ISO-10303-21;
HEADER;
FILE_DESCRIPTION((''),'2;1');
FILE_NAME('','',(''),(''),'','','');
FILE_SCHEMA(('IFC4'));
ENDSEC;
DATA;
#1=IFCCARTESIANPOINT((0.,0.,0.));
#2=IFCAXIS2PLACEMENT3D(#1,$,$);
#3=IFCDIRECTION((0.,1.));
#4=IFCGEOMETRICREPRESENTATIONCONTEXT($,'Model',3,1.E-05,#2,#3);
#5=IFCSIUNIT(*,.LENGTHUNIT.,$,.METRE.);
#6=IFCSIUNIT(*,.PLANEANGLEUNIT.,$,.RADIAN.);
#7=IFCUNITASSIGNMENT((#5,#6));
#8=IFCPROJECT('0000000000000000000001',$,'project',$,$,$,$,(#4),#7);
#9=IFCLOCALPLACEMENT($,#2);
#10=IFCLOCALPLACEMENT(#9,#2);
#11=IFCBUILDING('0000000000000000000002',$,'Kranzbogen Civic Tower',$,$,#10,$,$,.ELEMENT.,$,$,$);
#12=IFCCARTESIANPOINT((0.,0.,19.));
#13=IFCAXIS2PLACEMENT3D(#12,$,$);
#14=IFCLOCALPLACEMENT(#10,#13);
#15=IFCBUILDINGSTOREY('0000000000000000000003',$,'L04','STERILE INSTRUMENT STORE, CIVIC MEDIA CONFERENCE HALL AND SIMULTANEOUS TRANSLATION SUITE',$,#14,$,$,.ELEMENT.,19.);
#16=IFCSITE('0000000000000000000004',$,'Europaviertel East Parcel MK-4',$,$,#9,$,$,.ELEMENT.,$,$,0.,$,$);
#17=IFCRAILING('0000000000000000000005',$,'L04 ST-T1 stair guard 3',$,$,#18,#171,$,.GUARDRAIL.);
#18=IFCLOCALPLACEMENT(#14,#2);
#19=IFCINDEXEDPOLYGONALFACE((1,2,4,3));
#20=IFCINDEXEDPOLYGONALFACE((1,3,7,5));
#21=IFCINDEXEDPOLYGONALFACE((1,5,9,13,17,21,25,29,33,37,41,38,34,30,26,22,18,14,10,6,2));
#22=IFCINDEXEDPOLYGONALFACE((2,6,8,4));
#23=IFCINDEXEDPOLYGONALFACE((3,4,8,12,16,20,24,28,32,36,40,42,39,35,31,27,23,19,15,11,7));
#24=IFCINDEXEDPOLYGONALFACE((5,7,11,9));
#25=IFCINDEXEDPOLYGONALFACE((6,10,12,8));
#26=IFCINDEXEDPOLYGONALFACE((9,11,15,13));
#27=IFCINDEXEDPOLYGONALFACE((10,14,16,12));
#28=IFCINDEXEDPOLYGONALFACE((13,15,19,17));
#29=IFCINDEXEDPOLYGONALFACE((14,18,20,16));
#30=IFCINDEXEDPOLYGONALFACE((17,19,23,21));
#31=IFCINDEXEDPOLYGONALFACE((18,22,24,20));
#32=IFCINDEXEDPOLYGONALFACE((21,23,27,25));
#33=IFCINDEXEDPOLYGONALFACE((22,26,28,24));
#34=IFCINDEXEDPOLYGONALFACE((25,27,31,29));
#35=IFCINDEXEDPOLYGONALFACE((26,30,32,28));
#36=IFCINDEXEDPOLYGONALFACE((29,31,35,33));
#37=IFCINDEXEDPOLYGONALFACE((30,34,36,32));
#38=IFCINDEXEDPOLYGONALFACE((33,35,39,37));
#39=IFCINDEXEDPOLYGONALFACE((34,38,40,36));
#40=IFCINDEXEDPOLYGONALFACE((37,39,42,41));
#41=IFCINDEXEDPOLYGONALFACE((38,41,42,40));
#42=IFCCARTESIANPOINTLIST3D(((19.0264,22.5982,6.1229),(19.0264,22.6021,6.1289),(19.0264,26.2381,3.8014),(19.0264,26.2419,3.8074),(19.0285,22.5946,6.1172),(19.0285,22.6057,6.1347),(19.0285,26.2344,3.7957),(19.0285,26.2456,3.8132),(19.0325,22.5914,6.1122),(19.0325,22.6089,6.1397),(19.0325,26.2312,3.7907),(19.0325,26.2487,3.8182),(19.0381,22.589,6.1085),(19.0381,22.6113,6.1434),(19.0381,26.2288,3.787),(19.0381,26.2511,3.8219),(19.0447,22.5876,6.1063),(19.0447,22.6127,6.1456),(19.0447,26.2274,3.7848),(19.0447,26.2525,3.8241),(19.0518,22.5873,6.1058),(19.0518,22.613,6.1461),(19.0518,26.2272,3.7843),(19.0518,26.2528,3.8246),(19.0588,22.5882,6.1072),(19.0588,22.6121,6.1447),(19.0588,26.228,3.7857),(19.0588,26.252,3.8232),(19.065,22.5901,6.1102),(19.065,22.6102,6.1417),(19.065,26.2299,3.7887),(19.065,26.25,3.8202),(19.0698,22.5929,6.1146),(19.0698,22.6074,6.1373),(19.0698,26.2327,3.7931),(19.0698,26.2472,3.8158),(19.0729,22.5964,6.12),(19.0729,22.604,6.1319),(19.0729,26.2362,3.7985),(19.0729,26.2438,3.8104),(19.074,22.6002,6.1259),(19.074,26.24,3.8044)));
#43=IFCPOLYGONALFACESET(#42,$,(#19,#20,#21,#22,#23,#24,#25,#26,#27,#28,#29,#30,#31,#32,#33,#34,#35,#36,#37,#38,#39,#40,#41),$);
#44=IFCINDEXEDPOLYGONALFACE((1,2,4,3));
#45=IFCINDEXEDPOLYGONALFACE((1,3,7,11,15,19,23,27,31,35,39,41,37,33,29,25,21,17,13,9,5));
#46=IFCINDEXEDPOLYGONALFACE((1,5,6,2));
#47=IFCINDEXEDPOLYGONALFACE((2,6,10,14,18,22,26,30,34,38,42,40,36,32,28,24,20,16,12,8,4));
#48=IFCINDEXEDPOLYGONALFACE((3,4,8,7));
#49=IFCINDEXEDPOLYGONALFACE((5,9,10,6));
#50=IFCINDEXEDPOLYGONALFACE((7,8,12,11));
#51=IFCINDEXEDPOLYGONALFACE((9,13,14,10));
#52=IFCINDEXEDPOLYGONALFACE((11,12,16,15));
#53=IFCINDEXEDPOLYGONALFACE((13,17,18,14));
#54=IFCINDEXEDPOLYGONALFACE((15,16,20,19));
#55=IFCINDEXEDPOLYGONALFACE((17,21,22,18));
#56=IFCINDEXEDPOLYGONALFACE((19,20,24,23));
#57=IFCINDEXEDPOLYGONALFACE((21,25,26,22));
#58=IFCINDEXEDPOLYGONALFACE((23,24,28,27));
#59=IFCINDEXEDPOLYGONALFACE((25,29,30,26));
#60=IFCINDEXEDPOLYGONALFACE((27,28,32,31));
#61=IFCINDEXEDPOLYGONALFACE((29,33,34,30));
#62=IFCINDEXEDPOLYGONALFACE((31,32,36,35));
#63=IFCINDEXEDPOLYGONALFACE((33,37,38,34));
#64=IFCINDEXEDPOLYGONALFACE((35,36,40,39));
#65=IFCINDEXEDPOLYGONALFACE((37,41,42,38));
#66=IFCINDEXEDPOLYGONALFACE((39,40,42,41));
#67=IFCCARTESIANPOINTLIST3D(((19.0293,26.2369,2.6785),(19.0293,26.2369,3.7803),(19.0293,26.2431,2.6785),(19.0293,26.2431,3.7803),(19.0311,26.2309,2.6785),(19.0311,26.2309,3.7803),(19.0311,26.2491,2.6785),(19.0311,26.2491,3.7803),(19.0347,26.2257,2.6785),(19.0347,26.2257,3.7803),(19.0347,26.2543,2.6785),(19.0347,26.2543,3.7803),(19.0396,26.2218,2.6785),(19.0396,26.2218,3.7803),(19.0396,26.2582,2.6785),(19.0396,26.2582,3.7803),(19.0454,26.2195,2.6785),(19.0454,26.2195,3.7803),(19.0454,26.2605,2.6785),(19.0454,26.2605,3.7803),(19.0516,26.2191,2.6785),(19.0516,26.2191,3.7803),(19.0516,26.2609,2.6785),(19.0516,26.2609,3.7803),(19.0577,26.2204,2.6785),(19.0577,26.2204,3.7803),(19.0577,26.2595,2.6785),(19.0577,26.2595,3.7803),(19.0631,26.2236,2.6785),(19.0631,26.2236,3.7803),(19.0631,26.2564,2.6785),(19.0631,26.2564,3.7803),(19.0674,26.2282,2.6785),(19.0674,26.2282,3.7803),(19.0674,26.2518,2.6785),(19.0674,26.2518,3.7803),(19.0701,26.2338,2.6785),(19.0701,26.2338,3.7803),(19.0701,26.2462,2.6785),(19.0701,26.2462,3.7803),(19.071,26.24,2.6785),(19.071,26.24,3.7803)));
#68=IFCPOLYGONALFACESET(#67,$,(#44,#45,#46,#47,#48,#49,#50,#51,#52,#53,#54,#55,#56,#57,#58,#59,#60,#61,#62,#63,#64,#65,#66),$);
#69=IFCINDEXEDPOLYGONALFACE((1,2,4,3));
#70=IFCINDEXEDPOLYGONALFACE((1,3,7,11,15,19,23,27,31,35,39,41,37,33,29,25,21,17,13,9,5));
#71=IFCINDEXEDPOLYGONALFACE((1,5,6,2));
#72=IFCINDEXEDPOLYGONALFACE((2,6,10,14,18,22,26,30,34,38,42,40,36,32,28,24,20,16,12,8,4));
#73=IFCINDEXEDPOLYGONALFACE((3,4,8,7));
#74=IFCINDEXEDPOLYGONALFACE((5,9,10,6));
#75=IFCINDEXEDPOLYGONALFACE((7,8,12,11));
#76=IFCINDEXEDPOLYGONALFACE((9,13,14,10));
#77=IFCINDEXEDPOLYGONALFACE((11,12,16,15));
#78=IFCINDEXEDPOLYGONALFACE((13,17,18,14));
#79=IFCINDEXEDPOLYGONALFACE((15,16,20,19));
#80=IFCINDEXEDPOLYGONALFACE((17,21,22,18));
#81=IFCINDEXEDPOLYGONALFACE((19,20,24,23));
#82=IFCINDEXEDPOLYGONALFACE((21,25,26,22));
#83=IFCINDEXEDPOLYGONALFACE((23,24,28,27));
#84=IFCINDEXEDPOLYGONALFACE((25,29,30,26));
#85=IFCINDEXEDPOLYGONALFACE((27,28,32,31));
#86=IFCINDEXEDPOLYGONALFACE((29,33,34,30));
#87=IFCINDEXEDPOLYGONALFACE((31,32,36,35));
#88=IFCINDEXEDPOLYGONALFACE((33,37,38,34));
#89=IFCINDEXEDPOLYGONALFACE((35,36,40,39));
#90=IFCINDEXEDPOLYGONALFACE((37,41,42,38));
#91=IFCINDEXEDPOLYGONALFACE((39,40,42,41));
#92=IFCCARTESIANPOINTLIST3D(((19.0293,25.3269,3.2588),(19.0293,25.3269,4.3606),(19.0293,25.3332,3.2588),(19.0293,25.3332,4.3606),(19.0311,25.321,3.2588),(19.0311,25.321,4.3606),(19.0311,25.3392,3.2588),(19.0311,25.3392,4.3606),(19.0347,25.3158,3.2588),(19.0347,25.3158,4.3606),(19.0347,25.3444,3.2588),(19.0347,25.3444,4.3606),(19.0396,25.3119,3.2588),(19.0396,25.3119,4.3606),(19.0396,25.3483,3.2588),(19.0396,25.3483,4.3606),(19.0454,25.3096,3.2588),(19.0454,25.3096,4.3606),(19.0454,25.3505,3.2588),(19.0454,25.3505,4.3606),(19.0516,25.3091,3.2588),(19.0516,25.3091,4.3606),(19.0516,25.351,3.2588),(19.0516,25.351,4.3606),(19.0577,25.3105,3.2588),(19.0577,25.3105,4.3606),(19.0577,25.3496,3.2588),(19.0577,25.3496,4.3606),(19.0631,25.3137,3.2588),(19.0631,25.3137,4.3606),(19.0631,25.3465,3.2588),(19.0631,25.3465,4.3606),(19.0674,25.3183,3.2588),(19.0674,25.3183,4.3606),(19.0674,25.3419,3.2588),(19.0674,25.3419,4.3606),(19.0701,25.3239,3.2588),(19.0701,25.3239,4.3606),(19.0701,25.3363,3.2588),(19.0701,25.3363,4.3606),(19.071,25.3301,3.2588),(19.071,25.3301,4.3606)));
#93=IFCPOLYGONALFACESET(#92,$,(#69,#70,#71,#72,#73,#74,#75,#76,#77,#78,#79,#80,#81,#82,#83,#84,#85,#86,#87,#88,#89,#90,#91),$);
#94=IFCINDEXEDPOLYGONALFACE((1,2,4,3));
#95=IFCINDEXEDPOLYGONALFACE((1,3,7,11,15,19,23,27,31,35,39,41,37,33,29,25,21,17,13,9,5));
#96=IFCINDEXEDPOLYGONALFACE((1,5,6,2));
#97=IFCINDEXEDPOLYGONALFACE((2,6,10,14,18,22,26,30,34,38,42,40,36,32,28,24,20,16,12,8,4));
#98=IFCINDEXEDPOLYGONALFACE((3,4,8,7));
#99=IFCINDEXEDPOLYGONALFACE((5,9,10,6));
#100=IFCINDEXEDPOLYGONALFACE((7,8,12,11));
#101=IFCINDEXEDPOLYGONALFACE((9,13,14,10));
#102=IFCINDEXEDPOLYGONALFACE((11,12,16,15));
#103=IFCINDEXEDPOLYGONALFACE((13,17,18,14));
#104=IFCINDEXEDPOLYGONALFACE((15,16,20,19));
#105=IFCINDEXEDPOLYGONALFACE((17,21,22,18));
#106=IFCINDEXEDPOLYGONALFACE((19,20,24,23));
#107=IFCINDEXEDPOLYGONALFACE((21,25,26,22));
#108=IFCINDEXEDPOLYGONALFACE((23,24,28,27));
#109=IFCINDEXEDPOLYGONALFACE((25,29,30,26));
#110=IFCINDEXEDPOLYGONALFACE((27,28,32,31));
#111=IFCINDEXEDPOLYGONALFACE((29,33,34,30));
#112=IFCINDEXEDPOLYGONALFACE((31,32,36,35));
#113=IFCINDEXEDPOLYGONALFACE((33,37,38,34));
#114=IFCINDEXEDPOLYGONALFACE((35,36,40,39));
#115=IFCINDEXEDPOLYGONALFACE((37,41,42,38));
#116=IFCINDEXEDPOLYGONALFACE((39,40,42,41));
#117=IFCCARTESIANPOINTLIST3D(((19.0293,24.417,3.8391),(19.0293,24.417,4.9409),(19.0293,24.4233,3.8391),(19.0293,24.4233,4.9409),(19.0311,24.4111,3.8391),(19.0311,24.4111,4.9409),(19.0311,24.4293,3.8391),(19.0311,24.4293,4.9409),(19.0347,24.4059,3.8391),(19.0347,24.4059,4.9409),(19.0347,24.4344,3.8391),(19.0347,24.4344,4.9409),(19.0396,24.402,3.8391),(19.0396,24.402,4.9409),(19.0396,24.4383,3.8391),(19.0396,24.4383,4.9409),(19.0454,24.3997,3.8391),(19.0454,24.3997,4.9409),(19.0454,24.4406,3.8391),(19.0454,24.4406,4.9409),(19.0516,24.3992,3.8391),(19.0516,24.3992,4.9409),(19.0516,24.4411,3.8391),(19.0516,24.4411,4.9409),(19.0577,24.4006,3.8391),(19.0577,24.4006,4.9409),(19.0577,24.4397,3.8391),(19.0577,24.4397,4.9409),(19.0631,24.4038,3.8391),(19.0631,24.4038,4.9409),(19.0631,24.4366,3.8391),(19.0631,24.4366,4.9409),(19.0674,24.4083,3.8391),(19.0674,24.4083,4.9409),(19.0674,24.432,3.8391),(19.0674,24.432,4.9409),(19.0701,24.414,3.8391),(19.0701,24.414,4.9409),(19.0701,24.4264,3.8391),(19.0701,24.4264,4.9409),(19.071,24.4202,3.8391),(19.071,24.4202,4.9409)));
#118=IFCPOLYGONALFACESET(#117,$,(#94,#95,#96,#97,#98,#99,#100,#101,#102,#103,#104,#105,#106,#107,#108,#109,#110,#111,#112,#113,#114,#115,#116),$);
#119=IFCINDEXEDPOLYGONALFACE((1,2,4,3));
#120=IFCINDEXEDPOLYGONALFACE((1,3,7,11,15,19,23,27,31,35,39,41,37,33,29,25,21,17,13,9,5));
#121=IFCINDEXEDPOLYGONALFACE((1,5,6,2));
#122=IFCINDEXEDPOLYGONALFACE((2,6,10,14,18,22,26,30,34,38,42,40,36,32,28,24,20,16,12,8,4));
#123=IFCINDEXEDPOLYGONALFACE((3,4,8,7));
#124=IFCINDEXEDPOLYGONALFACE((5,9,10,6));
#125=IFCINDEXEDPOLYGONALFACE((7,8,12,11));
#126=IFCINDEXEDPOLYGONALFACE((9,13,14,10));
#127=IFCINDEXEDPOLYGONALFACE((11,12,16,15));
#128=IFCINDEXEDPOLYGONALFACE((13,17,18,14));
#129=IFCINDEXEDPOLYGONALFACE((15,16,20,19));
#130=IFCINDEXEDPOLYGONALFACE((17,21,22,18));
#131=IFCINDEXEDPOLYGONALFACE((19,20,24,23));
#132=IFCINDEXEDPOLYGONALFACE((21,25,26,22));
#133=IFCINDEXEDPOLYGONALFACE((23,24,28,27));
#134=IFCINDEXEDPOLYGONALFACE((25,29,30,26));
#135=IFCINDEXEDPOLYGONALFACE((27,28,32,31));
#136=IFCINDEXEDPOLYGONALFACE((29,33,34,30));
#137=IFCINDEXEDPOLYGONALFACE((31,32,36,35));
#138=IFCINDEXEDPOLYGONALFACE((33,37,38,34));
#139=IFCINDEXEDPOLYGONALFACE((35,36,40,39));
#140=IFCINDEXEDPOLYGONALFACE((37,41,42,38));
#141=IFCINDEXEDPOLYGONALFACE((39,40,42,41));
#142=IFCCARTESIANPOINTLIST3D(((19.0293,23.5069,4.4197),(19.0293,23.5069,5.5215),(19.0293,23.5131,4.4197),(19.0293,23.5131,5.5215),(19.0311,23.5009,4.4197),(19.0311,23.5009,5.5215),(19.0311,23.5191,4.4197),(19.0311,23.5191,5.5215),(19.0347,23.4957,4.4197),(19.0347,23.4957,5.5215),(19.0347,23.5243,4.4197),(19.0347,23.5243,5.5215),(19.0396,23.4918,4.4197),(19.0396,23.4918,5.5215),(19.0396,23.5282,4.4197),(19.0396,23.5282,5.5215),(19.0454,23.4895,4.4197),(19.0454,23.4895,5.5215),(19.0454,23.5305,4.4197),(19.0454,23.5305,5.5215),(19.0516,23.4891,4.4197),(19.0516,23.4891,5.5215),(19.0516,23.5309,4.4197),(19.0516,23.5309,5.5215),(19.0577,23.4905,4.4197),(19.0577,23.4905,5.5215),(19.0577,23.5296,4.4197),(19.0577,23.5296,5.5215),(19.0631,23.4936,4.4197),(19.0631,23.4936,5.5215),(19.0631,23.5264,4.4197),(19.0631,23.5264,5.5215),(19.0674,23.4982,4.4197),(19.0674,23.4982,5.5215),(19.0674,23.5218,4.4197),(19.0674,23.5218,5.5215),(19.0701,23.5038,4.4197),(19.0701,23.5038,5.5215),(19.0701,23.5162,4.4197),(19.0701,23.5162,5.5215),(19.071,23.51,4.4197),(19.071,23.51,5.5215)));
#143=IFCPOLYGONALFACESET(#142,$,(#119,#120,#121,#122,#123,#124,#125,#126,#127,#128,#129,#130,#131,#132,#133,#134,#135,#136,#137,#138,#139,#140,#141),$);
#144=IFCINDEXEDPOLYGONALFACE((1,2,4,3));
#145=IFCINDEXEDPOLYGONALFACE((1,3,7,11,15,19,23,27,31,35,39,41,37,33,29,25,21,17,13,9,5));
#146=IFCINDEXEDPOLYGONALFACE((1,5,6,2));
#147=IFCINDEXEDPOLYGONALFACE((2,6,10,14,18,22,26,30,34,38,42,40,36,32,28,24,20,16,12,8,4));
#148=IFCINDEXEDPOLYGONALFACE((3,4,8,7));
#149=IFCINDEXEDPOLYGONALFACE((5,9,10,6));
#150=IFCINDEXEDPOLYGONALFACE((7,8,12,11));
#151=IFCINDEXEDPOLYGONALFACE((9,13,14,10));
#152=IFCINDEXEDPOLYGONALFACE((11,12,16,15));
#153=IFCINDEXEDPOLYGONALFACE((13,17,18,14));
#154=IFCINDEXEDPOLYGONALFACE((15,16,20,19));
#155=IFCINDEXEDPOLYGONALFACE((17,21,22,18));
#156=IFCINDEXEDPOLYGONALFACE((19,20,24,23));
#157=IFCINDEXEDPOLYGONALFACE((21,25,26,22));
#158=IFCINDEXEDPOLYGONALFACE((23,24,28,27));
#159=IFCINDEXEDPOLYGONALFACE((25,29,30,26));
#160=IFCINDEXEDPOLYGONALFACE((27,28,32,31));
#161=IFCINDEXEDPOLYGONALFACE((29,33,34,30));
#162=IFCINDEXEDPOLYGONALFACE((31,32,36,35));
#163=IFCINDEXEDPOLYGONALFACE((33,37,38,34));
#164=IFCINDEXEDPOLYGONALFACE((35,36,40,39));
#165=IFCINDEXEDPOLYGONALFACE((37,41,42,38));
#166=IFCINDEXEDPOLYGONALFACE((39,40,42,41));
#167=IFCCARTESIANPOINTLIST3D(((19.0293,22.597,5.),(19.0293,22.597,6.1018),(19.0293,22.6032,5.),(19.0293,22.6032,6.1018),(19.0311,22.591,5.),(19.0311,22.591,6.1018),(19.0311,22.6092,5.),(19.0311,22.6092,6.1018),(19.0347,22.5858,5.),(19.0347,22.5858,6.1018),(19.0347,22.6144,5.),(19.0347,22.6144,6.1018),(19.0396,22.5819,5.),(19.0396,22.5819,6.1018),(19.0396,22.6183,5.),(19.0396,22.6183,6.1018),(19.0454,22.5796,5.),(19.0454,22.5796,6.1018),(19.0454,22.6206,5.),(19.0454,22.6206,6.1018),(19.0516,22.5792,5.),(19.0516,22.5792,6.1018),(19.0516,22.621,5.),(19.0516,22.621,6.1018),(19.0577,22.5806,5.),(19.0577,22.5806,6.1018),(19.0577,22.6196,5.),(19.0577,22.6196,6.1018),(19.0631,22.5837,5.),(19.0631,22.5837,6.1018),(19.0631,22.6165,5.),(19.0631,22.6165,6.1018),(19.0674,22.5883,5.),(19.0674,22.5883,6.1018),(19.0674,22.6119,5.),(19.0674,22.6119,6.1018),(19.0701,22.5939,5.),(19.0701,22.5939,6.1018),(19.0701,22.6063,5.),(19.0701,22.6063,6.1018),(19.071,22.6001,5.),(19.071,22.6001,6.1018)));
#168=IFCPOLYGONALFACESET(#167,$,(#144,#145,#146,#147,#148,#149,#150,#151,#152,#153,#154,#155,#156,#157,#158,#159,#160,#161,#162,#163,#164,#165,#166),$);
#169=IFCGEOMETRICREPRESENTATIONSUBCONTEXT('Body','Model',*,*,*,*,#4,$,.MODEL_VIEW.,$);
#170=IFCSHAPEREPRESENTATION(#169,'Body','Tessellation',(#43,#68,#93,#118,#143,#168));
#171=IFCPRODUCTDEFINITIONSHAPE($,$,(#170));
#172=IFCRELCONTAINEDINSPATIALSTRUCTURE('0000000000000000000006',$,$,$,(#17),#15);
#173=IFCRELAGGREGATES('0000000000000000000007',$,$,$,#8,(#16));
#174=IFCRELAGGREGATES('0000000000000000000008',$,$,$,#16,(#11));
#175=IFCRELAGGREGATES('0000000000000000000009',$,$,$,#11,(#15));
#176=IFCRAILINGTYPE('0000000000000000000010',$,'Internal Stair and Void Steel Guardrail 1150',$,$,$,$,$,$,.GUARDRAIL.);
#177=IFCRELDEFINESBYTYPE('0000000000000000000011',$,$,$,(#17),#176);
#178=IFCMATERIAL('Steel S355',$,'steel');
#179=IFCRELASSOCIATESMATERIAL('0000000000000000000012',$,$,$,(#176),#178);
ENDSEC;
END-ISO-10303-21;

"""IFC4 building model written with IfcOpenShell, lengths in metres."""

from ifc_helpers import new_model, si_unit, direction, frame, origin, origin_2d, place, context, subcontext, project, spatial, circle, extrude, material, type_object, element, save


model = new_model("IFC4")

# Units and contexts
model_context = context("Model", 3, precision=1e-05, world=origin(), true_north=direction((0.0, 1.0)))
body_context = subcontext(model_context, "Body", "Model", "MODEL_VIEW")
ifc_project = project(units=[si_unit("LENGTHUNIT", "METRE"), si_unit("PLANEANGLEUNIT", "RADIAN")], contexts=[model_context])

# Site, building, storey
site_placement = place(None, origin())
site = spatial("IfcSite", under=ifc_project, at=site_placement, Name="Europaviertel East Parcel MK-4", CompositionType="ELEMENT", RefElevation=0.0)
building_placement = place(site_placement, origin())
building = spatial("IfcBuilding", under=site, at=building_placement, Name="Kranzbogen Civic Tower", CompositionType="ELEMENT")
storey_placement = place(building_placement, frame((0.0, 0.0, 19.0)))
storey = spatial("IfcBuildingStorey", under=building, at=storey_placement, Name="L04", Description="STERILE INSTRUMENT STORE, CIVIC MEDIA CONFERENCE HALL AND SIMULTANEOUS TRANSLATION SUITE", CompositionType="ELEMENT", Elevation=19.0)

# Shared definitions
ifc_material_1 = material(Name="Steel S355", Category="steel")

# Railing
railing_type_1 = type_object("IfcRailingType", Name="Internal Stair and Void Steel Guardrail 1150", PredefinedType="GUARDRAIL", material=ifc_material_1)
railing_1_placement = place(storey_placement, frame((19.05, 26.24, 2.6785)))
element("IfcRailing", 1, at=railing_1_placement, inside=storey, type_object=railing_type_1, Name="L04 ST-T1 stair guard 3", PredefinedType="GUARDRAIL", context=body_context, shape_type="SweptSolid", body=[
    extrude(circle(Radius=0.0239, at=origin_2d()), frame((0.0, 0.0, 1.126), z_axis=(0.0, -0.843112, 0.537739), x_axis=(1.0, 0.0, 0.0)), (0.0, 0.0, 1.0), 4.3171),
    extrude(circle(Radius=0.021, at=origin_2d()), origin(), (0.0, 0.0, 1.0), 1.1018),
    extrude(circle(Radius=0.021, at=origin_2d()), frame((0.0, -0.9099, 0.5803)), (0.0, 0.0, 1.0), 1.1018),
    extrude(circle(Radius=0.021, at=origin_2d()), frame((0.0, -1.8198, 1.1606)), (0.0, 0.0, 1.0), 1.1018),
    extrude(circle(Radius=0.021, at=origin_2d()), frame((0.0, -2.73, 1.7412)), (0.0, 0.0, 1.0), 1.1018),
    extrude(circle(Radius=0.021, at=origin_2d()), frame((0.0, -3.6399, 2.3215)), (0.0, 0.0, 1.0), 1.1018),
])

save(model, "model.ifc")
